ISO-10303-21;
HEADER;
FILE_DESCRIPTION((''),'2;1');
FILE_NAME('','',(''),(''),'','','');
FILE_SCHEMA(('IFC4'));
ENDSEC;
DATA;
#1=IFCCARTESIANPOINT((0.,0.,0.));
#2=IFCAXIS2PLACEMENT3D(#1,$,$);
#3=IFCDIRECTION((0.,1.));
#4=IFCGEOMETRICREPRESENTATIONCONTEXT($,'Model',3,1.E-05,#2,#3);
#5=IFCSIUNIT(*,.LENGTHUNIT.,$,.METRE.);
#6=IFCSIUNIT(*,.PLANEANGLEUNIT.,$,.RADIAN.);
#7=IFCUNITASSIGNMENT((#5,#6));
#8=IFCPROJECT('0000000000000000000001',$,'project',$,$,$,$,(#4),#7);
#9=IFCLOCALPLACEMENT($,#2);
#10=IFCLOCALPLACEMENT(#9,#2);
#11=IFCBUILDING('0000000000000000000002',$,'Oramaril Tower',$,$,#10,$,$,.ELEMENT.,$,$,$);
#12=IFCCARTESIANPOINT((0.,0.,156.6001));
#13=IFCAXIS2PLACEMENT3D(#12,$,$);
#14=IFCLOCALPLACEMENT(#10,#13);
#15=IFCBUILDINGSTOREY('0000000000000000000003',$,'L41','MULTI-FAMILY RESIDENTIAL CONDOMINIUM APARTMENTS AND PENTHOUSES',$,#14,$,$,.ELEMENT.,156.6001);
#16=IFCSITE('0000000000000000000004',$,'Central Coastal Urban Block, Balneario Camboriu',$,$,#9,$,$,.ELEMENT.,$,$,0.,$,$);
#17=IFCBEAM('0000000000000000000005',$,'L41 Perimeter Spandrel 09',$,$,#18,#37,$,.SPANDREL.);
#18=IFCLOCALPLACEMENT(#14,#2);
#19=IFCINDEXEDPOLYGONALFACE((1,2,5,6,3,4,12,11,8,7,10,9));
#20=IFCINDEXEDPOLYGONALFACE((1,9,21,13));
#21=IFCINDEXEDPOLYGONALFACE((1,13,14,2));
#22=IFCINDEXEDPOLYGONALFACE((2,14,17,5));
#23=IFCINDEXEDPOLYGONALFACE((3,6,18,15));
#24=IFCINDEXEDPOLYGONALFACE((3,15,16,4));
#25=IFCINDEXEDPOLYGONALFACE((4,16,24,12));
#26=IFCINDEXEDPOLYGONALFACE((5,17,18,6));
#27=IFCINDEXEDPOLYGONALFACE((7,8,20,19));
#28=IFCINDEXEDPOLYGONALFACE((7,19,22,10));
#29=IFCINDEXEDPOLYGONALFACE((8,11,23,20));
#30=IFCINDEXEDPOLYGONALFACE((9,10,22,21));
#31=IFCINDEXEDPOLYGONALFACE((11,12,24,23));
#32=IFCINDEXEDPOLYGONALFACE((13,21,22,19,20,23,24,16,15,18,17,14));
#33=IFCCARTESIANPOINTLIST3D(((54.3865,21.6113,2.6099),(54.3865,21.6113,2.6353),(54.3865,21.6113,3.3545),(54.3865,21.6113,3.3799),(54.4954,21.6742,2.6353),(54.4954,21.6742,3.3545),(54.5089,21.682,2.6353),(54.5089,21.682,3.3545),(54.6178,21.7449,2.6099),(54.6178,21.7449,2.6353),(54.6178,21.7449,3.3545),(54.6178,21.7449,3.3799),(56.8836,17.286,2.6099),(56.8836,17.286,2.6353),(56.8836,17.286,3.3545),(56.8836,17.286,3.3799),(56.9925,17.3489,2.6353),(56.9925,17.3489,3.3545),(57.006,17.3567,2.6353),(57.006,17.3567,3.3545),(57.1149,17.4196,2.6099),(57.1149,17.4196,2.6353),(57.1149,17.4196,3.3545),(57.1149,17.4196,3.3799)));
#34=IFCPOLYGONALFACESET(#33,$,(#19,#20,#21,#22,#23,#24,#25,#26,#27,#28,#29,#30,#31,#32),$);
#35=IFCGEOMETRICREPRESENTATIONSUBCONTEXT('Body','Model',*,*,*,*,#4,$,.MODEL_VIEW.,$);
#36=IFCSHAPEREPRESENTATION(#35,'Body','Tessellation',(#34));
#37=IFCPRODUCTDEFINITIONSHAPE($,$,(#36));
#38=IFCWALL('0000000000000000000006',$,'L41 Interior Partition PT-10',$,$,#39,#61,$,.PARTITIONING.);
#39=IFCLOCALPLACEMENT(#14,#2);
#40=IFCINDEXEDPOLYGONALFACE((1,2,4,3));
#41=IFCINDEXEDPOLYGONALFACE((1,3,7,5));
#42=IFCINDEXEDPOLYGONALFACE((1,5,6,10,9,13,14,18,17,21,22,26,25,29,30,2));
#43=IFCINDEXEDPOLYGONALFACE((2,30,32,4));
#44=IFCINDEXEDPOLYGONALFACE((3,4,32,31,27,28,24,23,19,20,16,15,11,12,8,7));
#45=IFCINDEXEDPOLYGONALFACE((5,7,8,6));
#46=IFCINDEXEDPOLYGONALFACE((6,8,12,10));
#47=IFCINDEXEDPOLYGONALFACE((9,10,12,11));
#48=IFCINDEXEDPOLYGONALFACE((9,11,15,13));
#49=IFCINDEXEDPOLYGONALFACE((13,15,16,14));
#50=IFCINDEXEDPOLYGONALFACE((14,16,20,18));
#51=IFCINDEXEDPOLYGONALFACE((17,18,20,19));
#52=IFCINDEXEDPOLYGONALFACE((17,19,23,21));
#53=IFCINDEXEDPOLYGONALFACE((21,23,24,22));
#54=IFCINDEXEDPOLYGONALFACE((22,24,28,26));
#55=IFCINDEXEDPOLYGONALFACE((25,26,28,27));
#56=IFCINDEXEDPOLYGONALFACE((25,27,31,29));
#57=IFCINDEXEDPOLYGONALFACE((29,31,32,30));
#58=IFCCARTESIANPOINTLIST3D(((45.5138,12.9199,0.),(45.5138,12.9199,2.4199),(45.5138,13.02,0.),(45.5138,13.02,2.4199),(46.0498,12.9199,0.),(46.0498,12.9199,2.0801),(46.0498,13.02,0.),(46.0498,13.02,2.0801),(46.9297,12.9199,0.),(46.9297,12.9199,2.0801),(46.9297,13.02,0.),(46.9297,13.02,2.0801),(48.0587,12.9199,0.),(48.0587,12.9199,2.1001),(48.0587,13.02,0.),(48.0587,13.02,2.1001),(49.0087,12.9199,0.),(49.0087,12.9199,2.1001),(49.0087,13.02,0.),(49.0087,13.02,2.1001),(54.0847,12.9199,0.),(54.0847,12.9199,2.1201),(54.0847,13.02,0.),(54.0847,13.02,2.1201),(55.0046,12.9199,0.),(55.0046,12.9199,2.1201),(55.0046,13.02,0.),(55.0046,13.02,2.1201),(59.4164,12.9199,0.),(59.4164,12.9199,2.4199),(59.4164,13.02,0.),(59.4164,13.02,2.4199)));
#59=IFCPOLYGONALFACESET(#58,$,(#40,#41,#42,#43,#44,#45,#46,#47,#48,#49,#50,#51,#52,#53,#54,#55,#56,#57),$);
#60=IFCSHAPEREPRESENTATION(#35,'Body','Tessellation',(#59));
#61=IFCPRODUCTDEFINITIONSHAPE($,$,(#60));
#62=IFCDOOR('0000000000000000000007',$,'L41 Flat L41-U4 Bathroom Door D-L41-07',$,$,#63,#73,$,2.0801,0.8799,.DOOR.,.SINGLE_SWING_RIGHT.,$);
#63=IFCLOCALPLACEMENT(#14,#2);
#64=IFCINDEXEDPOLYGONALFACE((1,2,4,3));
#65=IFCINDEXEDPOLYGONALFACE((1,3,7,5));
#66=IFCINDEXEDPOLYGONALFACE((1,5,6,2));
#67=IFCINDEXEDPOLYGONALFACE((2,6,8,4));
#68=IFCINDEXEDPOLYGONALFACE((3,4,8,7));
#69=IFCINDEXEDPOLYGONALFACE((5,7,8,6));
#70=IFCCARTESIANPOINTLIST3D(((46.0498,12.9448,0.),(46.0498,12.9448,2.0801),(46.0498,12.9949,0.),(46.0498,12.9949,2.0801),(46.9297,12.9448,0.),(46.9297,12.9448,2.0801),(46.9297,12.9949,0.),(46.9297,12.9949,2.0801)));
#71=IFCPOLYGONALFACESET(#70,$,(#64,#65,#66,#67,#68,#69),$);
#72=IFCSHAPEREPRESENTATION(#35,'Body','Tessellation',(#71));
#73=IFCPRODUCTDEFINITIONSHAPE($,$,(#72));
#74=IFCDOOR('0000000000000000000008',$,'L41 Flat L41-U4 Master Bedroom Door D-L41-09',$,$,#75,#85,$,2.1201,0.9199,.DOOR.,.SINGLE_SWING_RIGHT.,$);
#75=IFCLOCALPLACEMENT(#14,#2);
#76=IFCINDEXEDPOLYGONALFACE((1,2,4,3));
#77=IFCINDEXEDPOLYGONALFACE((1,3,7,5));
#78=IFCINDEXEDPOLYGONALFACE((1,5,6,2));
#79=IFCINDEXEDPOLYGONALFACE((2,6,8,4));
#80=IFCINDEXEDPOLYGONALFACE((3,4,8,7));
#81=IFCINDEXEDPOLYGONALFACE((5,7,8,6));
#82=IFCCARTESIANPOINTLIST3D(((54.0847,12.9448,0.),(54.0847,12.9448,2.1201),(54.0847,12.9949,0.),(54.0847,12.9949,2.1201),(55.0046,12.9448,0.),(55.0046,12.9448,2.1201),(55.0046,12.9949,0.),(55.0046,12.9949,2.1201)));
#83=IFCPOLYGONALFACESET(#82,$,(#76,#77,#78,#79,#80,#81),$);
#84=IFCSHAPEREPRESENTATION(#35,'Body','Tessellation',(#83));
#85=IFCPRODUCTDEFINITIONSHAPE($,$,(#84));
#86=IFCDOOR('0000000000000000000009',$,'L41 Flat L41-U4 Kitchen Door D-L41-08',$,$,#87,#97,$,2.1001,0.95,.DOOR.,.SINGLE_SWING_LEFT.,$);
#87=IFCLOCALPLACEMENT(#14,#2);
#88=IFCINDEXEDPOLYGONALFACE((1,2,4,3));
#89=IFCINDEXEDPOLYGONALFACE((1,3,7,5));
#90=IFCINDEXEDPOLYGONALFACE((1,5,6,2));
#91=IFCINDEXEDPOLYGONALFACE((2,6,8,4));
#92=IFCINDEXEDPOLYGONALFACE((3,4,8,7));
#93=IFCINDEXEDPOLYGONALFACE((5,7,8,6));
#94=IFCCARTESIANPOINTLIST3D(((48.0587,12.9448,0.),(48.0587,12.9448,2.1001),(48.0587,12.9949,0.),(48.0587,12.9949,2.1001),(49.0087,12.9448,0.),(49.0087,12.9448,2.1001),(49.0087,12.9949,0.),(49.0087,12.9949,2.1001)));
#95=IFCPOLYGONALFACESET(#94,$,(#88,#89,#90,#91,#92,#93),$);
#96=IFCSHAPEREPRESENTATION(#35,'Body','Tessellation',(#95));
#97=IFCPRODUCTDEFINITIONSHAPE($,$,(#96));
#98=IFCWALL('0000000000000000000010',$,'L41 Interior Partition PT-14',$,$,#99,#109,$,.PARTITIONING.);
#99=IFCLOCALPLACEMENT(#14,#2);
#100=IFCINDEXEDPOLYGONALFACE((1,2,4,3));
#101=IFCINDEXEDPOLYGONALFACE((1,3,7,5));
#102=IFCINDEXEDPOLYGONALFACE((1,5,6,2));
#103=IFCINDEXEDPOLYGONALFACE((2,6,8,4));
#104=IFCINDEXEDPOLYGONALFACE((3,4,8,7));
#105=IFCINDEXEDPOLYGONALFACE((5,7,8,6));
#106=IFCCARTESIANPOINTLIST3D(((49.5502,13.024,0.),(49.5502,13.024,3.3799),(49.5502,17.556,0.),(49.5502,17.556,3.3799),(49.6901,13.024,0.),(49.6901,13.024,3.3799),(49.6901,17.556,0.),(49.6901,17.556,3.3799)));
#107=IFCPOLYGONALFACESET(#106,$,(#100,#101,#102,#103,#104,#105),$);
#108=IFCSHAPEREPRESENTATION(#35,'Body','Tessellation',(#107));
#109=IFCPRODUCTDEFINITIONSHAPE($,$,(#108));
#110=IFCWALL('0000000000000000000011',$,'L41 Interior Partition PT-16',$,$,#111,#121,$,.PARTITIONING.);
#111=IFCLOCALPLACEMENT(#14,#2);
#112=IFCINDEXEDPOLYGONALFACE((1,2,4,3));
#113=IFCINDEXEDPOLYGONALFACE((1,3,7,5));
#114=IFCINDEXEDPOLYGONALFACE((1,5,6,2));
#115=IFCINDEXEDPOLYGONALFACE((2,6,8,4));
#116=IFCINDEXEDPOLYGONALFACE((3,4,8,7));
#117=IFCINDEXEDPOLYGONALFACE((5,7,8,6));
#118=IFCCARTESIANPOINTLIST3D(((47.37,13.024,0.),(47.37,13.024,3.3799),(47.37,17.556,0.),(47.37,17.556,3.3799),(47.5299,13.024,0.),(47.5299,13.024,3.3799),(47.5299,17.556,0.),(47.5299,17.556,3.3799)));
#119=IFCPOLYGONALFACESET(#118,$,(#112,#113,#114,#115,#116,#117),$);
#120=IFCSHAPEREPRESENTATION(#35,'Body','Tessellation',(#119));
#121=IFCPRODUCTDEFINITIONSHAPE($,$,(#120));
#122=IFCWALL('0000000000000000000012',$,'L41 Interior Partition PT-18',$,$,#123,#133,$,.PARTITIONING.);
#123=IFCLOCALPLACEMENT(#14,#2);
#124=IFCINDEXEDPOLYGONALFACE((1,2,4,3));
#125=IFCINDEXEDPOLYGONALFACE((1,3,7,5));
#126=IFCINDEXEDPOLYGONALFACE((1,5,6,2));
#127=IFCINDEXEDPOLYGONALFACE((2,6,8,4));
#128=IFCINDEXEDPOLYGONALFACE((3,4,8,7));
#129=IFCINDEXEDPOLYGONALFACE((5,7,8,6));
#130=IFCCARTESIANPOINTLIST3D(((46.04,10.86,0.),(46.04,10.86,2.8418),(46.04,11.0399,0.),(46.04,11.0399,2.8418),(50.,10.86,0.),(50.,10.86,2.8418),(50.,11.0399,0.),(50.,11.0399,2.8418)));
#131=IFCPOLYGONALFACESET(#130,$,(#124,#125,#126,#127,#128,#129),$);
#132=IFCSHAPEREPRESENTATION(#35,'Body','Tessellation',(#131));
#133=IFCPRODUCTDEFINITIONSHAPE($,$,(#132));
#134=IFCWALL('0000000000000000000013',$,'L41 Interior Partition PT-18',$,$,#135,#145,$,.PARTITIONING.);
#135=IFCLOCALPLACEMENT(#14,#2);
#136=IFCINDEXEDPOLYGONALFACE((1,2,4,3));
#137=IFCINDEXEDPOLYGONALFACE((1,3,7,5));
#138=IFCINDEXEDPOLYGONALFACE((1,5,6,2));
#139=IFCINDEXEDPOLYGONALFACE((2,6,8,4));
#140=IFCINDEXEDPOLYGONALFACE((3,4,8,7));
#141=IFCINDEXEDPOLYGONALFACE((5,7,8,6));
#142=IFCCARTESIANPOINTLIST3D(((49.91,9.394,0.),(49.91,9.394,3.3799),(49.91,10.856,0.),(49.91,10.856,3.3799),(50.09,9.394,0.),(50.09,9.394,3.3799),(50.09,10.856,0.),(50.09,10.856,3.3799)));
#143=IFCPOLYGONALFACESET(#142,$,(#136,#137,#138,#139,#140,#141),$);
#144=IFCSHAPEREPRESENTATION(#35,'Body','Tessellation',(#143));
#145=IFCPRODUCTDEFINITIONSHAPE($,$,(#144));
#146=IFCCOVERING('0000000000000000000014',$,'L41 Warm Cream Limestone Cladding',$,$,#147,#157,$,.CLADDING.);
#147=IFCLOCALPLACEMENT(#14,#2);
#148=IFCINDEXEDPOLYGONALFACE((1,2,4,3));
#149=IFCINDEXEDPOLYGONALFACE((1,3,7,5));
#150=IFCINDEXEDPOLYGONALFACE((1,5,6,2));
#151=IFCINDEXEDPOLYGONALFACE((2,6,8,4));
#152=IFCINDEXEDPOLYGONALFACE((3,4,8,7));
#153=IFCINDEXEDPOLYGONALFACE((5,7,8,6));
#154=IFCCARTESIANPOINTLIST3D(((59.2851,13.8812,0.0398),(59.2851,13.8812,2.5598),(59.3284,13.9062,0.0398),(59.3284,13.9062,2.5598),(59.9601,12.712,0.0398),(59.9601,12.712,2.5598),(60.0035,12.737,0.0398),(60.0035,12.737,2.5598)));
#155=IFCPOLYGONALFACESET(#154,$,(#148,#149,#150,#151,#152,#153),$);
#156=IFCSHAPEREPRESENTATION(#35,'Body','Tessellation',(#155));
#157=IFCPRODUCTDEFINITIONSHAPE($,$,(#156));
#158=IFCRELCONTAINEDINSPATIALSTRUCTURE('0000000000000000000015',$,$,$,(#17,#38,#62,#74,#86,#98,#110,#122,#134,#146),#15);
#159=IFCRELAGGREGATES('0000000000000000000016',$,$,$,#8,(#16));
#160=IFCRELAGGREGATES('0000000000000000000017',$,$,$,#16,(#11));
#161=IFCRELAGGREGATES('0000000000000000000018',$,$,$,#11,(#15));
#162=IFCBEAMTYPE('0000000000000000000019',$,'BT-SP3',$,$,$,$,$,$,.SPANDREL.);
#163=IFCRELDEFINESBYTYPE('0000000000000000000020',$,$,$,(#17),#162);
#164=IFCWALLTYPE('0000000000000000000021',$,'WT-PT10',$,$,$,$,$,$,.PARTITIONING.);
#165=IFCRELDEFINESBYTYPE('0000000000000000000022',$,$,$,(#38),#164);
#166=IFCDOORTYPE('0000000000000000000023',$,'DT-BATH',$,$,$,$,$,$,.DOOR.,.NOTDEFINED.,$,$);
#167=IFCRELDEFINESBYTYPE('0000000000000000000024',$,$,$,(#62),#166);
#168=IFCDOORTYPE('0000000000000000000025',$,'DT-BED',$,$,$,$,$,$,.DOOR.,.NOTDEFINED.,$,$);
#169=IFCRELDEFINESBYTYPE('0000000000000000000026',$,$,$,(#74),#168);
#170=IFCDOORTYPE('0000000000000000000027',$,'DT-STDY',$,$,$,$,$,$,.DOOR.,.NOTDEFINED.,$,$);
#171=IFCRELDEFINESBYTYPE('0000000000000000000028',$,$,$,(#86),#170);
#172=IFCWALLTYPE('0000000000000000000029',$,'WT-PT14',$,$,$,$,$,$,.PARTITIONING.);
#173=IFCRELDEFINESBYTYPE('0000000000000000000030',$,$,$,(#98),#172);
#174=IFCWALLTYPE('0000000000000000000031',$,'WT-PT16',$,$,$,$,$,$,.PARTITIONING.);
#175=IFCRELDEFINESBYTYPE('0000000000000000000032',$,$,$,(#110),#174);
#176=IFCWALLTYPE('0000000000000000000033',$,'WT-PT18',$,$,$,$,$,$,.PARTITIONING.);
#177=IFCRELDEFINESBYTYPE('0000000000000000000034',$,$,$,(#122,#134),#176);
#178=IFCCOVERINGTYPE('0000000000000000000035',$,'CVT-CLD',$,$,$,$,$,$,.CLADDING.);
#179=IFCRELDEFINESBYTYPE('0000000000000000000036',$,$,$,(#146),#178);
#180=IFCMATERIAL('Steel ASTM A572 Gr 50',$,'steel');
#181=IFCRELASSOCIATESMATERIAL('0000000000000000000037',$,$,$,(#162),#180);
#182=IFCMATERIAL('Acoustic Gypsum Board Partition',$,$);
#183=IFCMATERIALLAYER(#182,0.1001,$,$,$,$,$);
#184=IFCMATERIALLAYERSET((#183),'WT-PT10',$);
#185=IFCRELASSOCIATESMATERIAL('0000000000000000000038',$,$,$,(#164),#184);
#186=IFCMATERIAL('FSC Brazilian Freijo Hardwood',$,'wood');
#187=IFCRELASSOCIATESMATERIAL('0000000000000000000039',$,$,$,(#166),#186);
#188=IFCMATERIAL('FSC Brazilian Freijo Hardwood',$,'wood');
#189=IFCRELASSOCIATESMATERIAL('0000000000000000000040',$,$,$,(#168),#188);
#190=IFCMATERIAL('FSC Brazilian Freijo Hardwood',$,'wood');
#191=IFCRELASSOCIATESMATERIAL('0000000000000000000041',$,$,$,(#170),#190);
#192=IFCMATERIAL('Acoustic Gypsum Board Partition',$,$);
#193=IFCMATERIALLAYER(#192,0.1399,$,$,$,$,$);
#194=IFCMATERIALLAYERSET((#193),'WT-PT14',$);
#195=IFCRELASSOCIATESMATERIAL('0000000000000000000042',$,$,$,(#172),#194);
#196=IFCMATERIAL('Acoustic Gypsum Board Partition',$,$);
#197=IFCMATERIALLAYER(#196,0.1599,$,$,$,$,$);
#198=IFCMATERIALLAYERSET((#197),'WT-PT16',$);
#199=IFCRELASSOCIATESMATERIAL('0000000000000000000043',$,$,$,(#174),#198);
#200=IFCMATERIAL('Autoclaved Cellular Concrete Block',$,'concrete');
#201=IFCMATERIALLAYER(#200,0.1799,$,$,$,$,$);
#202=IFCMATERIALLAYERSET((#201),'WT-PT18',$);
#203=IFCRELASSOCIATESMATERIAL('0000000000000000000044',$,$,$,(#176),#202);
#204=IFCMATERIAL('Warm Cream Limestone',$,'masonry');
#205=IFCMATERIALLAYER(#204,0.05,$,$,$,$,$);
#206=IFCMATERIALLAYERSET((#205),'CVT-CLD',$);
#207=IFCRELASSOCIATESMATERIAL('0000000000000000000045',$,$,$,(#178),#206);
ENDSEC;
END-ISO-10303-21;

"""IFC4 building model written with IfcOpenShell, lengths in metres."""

from ifc_helpers import new_model, si_unit, direction, frame, frame_2d, origin, origin_2d, place, context, subcontext, project, spatial, rectangle, i_section, extrude, material, layer, layer_set, material_profile, profile_set, type_object, element, fill, save


model = new_model("IFC4")

# Units and contexts
model_context = context("Model", 3, precision=1e-05, world=origin(), true_north=direction((0.0, 1.0)))
body_context = subcontext(model_context, "Body", "Model", "MODEL_VIEW")
ifc_project = project(units=[si_unit("LENGTHUNIT", "METRE"), si_unit("PLANEANGLEUNIT", "RADIAN")], contexts=[model_context])

# Site, building, storey
site_placement = place(None, origin())
site = spatial("IfcSite", under=ifc_project, at=site_placement, Name="Central Coastal Urban Block, Balneario Camboriu", CompositionType="ELEMENT", RefElevation=0.0)
building_placement = place(site_placement, origin())
building = spatial("IfcBuilding", under=site, at=building_placement, Name="Oramaril Tower", CompositionType="ELEMENT")
storey_placement = place(building_placement, frame((0.0, 0.0, 156.6001)))
storey = spatial("IfcBuildingStorey", under=building, at=storey_placement, Name="L41", Description="MULTI-FAMILY RESIDENTIAL CONDOMINIUM APARTMENTS AND PENTHOUSES", CompositionType="ELEMENT", Elevation=156.6001)

# Beam
ifc_material_1 = material(Name="Steel ASTM A572 Gr 50", Category="steel")
ifc_material_profile_1 = material_profile(ifc_material_1, i_section(OverallWidth=0.2671, OverallDepth=0.77, WebThickness=0.0156, FlangeThickness=0.0254, at=origin_2d()), Name="W30X132")
ifc_profile_set_1 = profile_set([ifc_material_profile_1], Name="Steel ASTM A572 Gr 50")
beam_type_1 = type_object("IfcBeamType", Name="BT-SP3", PredefinedType="SPANDREL", material=ifc_profile_set_1)
beam_1_placement = place(storey_placement, frame((56.9993, 17.3528, 2.9949), z_axis=(-0.499988, 0.866033, 0.0), x_axis=(-0.866033, -0.499988, 0.0)))
element("IfcBeam", 1, at=beam_1_placement, inside=storey, type_object=beam_type_1, Name="L41 Perimeter Spandrel 09", PredefinedType="SPANDREL", context=body_context, shape_type="SweptSolid", body=[
    extrude(i_section(OverallWidth=0.2671, OverallDepth=0.77, WebThickness=0.0156, FlangeThickness=0.0254, at=origin_2d()), origin(), (0.0, 0.0, 1.0), 4.9944),
])

# Wall, openings, doors
ifc_material_2 = material(Name="Acoustic Gypsum Board Partition")
ifc_layer_1 = layer(ifc_material_2, 0.1001)
ifc_layer_set_1 = layer_set([ifc_layer_1], Name="WT-PT10")
wall_type_1 = type_object("IfcWallType", Name="WT-PT10", PredefinedType="PARTITIONING", material=ifc_layer_set_1)
wall_1_placement = place(storey_placement, frame((45.5139, 12.97, 0.0), z_axis=(0.0, 0.0, 1.0), x_axis=(1.0, 0.0, 0.0)))
wall_1 = element("IfcWall", 2, at=wall_1_placement, inside=storey, type_object=wall_type_1, Name="L41 Interior Partition PT-10", PredefinedType="PARTITIONING", context=body_context, shape_type="SweptSolid", body=[
    extrude(rectangle(XDim=13.9026, YDim=0.1001, at=frame_2d((6.9512, 0.0))), origin(), (0.0, 0.0, 1.0), 2.4199),
])
opening_1_placement = place(wall_1_placement, frame((0.5359, 0.0, 0.0)))
opening_1 = element("IfcOpeningElement", 3, at=opening_1_placement, cuts=wall_1, PredefinedType="OPENING", context=body_context, shape_type="SweptSolid", body=[
    extrude(rectangle(XDim=0.8799, YDim=2.0801, at=frame_2d((0.4399, 1.04))), frame((0.0, 0.05, 0.0), z_axis=(0.0, -1.0, 0.0), x_axis=(1.0, 0.0, 0.0)), (0.0, 0.0, 1.0), 0.1001),
])
opening_2_placement = place(wall_1_placement, frame((2.5447, 0.0, 0.0)))
opening_2 = element("IfcOpeningElement", 4, at=opening_2_placement, cuts=wall_1, PredefinedType="OPENING", context=body_context, shape_type="SweptSolid", body=[
    extrude(rectangle(XDim=0.95, YDim=2.1001, at=frame_2d((0.4751, 1.05))), frame((0.0, 0.05, 0.0), z_axis=(0.0, -1.0, 0.0), x_axis=(1.0, 0.0, 0.0)), (0.0, 0.0, 1.0), 0.1001),
])
opening_3_placement = place(wall_1_placement, frame((8.5708, 0.0, 0.0)))
opening_3 = element("IfcOpeningElement", 5, at=opening_3_placement, cuts=wall_1, PredefinedType="OPENING", context=body_context, shape_type="SweptSolid", body=[
    extrude(rectangle(XDim=0.9199, YDim=2.1201, at=frame_2d((0.46, 1.0601))), frame((0.0, 0.05, 0.0), z_axis=(0.0, -1.0, 0.0), x_axis=(1.0, 0.0, 0.0)), (0.0, 0.0, 1.0), 0.1001),
])
ifc_material_3 = material(Name="FSC Brazilian Freijo Hardwood", Category="wood")
door_type_1 = type_object("IfcDoorType", Name="DT-BATH", OperationType="NOTDEFINED", PredefinedType="DOOR", material=ifc_material_3)
door_1_placement = place(opening_1_placement, origin())
door_1 = element("IfcDoor", 6, at=door_1_placement, inside=storey, type_object=door_type_1, Name="L41 Flat L41-U4 Bathroom Door D-L41-07", OperationType="SINGLE_SWING_RIGHT", OverallHeight=2.0801, OverallWidth=0.8799, PredefinedType="DOOR", context=body_context, shape_type="SweptSolid", body=[
    extrude(rectangle(XDim=0.8799, YDim=2.0801, at=frame_2d((0.4399, 1.04))), frame((0.0, 0.0249, 0.0), z_axis=(0.0, -1.0, 0.0), x_axis=(1.0, 0.0, 0.0)), (0.0, 0.0, 1.0), 0.05),
])
fill(opening_1, door_1)
ifc_material_4 = material(Name="FSC Brazilian Freijo Hardwood", Category="wood")
door_type_2 = type_object("IfcDoorType", Name="DT-BED", OperationType="NOTDEFINED", PredefinedType="DOOR", material=ifc_material_4)
door_2_placement = place(opening_3_placement, origin())
door_2 = element("IfcDoor", 7, at=door_2_placement, inside=storey, type_object=door_type_2, Name="L41 Flat L41-U4 Master Bedroom Door D-L41-09", OperationType="SINGLE_SWING_RIGHT", OverallHeight=2.1201, OverallWidth=0.9199, PredefinedType="DOOR", context=body_context, shape_type="SweptSolid", body=[
    extrude(rectangle(XDim=0.9199, YDim=2.1201, at=frame_2d((0.46, 1.0601))), frame((0.0, 0.0249, 0.0), z_axis=(0.0, -1.0, 0.0), x_axis=(1.0, 0.0, 0.0)), (0.0, 0.0, 1.0), 0.05),
])
fill(opening_3, door_2)
ifc_material_5 = material(Name="FSC Brazilian Freijo Hardwood", Category="wood")
door_type_3 = type_object("IfcDoorType", Name="DT-STDY", OperationType="NOTDEFINED", PredefinedType="DOOR", material=ifc_material_5)
door_3_placement = place(opening_2_placement, origin())
door_3 = element("IfcDoor", 8, at=door_3_placement, inside=storey, type_object=door_type_3, Name="L41 Flat L41-U4 Kitchen Door D-L41-08", OperationType="SINGLE_SWING_LEFT", OverallHeight=2.1001, OverallWidth=0.95, PredefinedType="DOOR", context=body_context, shape_type="SweptSolid", body=[
    extrude(rectangle(XDim=0.95, YDim=2.1001, at=frame_2d((0.4751, 1.05))), frame((0.0, 0.0249, 0.0), z_axis=(0.0, -1.0, 0.0), x_axis=(1.0, 0.0, 0.0)), (0.0, 0.0, 1.0), 0.05),
])
fill(opening_2, door_3)

# Walls
ifc_material_6 = material(Name="Acoustic Gypsum Board Partition")
ifc_layer_2 = layer(ifc_material_6, 0.1399)
ifc_layer_set_2 = layer_set([ifc_layer_2], Name="WT-PT14")
wall_type_2 = type_object("IfcWallType", Name="WT-PT14", PredefinedType="PARTITIONING", material=ifc_layer_set_2)
wall_2_placement = place(storey_placement, frame((49.6201, 13.0239, 0.0), z_axis=(0.0, 0.0, 1.0), x_axis=(0.0, 1.0, 0.0)))
element("IfcWall", 9, at=wall_2_placement, inside=storey, type_object=wall_type_2, Name="L41 Interior Partition PT-14", PredefinedType="PARTITIONING", context=body_context, shape_type="SweptSolid", body=[
    extrude(rectangle(XDim=4.532, YDim=0.1399, at=frame_2d((2.2661, 0.0))), origin(), (0.0, 0.0, 1.0), 3.3799),
])
ifc_material_7 = material(Name="Acoustic Gypsum Board Partition")
ifc_layer_3 = layer(ifc_material_7, 0.1599)
ifc_layer_set_3 = layer_set([ifc_layer_3], Name="WT-PT16")
wall_type_3 = type_object("IfcWallType", Name="WT-PT16", PredefinedType="PARTITIONING", material=ifc_layer_set_3)
wall_3_placement = place(storey_placement, frame((47.45, 13.0239, 0.0), z_axis=(0.0, 0.0, 1.0), x_axis=(0.0, 1.0, 0.0)))
element("IfcWall", 10, at=wall_3_placement, inside=storey, type_object=wall_type_3, Name="L41 Interior Partition PT-16", PredefinedType="PARTITIONING", context=body_context, shape_type="SweptSolid", body=[
    extrude(rectangle(XDim=4.532, YDim=0.1599, at=frame_2d((2.2661, 0.0))), origin(), (0.0, 0.0, 1.0), 3.3799),
])
ifc_material_8 = material(Name="Autoclaved Cellular Concrete Block", Category="concrete")
ifc_layer_4 = layer(ifc_material_8, 0.1799)
ifc_layer_set_4 = layer_set([ifc_layer_4], Name="WT-PT18")
wall_type_4 = type_object("IfcWallType", Name="WT-PT18", PredefinedType="PARTITIONING", material=ifc_layer_set_4)
wall_4_placement = place(storey_placement, frame((46.04, 10.95, 0.0), z_axis=(0.0, 0.0, 1.0), x_axis=(1.0, 0.0, 0.0)))
element("IfcWall", 11, at=wall_4_placement, inside=storey, type_object=wall_type_4, Name="L41 Interior Partition PT-18", PredefinedType="PARTITIONING", context=body_context, shape_type="SweptSolid", body=[
    extrude(rectangle(XDim=3.96, YDim=0.1799, at=frame_2d((1.98, 0.0))), origin(), (0.0, 0.0, 1.0), 2.8418),
])
wall_5_placement = place(storey_placement, frame((50.0, 9.394, 0.0), z_axis=(0.0, 0.0, 1.0), x_axis=(0.0, 1.0, 0.0)))
element("IfcWall", 12, at=wall_5_placement, inside=storey, type_object=wall_type_4, Name="L41 Interior Partition PT-18", PredefinedType="PARTITIONING", context=body_context, shape_type="SweptSolid", body=[
    extrude(rectangle(XDim=1.4619, YDim=0.1799, at=frame_2d((0.731, 0.0))), origin(), (0.0, 0.0, 1.0), 3.3799),
])

# Covering
ifc_material_9 = material(Name="Warm Cream Limestone", Category="masonry")
ifc_layer_5 = layer(ifc_material_9, 0.05)
ifc_layer_set_5 = layer_set([ifc_layer_5], Name="CVT-CLD")
covering_type = type_object("IfcCoveringType", Name="CVT-CLD", PredefinedType="CLADDING", material=ifc_layer_set_5)
covering_placement = place(storey_placement, frame((59.6443, 13.3091, 0.0398), z_axis=(0.0, 0.0, 1.0), x_axis=(-0.5, 0.866025, 0.0)))
element("IfcCovering", 13, at=covering_placement, inside=storey, type_object=covering_type, Name="L41 Warm Cream Limestone Cladding", PredefinedType="CLADDING", context=body_context, shape_type="SweptSolid", body=[
    extrude(rectangle(XDim=1.3501, YDim=0.05, at=origin_2d()), origin(), (0.0, 0.0, 1.0), 2.52),
])

save(model, "model.ifc")
